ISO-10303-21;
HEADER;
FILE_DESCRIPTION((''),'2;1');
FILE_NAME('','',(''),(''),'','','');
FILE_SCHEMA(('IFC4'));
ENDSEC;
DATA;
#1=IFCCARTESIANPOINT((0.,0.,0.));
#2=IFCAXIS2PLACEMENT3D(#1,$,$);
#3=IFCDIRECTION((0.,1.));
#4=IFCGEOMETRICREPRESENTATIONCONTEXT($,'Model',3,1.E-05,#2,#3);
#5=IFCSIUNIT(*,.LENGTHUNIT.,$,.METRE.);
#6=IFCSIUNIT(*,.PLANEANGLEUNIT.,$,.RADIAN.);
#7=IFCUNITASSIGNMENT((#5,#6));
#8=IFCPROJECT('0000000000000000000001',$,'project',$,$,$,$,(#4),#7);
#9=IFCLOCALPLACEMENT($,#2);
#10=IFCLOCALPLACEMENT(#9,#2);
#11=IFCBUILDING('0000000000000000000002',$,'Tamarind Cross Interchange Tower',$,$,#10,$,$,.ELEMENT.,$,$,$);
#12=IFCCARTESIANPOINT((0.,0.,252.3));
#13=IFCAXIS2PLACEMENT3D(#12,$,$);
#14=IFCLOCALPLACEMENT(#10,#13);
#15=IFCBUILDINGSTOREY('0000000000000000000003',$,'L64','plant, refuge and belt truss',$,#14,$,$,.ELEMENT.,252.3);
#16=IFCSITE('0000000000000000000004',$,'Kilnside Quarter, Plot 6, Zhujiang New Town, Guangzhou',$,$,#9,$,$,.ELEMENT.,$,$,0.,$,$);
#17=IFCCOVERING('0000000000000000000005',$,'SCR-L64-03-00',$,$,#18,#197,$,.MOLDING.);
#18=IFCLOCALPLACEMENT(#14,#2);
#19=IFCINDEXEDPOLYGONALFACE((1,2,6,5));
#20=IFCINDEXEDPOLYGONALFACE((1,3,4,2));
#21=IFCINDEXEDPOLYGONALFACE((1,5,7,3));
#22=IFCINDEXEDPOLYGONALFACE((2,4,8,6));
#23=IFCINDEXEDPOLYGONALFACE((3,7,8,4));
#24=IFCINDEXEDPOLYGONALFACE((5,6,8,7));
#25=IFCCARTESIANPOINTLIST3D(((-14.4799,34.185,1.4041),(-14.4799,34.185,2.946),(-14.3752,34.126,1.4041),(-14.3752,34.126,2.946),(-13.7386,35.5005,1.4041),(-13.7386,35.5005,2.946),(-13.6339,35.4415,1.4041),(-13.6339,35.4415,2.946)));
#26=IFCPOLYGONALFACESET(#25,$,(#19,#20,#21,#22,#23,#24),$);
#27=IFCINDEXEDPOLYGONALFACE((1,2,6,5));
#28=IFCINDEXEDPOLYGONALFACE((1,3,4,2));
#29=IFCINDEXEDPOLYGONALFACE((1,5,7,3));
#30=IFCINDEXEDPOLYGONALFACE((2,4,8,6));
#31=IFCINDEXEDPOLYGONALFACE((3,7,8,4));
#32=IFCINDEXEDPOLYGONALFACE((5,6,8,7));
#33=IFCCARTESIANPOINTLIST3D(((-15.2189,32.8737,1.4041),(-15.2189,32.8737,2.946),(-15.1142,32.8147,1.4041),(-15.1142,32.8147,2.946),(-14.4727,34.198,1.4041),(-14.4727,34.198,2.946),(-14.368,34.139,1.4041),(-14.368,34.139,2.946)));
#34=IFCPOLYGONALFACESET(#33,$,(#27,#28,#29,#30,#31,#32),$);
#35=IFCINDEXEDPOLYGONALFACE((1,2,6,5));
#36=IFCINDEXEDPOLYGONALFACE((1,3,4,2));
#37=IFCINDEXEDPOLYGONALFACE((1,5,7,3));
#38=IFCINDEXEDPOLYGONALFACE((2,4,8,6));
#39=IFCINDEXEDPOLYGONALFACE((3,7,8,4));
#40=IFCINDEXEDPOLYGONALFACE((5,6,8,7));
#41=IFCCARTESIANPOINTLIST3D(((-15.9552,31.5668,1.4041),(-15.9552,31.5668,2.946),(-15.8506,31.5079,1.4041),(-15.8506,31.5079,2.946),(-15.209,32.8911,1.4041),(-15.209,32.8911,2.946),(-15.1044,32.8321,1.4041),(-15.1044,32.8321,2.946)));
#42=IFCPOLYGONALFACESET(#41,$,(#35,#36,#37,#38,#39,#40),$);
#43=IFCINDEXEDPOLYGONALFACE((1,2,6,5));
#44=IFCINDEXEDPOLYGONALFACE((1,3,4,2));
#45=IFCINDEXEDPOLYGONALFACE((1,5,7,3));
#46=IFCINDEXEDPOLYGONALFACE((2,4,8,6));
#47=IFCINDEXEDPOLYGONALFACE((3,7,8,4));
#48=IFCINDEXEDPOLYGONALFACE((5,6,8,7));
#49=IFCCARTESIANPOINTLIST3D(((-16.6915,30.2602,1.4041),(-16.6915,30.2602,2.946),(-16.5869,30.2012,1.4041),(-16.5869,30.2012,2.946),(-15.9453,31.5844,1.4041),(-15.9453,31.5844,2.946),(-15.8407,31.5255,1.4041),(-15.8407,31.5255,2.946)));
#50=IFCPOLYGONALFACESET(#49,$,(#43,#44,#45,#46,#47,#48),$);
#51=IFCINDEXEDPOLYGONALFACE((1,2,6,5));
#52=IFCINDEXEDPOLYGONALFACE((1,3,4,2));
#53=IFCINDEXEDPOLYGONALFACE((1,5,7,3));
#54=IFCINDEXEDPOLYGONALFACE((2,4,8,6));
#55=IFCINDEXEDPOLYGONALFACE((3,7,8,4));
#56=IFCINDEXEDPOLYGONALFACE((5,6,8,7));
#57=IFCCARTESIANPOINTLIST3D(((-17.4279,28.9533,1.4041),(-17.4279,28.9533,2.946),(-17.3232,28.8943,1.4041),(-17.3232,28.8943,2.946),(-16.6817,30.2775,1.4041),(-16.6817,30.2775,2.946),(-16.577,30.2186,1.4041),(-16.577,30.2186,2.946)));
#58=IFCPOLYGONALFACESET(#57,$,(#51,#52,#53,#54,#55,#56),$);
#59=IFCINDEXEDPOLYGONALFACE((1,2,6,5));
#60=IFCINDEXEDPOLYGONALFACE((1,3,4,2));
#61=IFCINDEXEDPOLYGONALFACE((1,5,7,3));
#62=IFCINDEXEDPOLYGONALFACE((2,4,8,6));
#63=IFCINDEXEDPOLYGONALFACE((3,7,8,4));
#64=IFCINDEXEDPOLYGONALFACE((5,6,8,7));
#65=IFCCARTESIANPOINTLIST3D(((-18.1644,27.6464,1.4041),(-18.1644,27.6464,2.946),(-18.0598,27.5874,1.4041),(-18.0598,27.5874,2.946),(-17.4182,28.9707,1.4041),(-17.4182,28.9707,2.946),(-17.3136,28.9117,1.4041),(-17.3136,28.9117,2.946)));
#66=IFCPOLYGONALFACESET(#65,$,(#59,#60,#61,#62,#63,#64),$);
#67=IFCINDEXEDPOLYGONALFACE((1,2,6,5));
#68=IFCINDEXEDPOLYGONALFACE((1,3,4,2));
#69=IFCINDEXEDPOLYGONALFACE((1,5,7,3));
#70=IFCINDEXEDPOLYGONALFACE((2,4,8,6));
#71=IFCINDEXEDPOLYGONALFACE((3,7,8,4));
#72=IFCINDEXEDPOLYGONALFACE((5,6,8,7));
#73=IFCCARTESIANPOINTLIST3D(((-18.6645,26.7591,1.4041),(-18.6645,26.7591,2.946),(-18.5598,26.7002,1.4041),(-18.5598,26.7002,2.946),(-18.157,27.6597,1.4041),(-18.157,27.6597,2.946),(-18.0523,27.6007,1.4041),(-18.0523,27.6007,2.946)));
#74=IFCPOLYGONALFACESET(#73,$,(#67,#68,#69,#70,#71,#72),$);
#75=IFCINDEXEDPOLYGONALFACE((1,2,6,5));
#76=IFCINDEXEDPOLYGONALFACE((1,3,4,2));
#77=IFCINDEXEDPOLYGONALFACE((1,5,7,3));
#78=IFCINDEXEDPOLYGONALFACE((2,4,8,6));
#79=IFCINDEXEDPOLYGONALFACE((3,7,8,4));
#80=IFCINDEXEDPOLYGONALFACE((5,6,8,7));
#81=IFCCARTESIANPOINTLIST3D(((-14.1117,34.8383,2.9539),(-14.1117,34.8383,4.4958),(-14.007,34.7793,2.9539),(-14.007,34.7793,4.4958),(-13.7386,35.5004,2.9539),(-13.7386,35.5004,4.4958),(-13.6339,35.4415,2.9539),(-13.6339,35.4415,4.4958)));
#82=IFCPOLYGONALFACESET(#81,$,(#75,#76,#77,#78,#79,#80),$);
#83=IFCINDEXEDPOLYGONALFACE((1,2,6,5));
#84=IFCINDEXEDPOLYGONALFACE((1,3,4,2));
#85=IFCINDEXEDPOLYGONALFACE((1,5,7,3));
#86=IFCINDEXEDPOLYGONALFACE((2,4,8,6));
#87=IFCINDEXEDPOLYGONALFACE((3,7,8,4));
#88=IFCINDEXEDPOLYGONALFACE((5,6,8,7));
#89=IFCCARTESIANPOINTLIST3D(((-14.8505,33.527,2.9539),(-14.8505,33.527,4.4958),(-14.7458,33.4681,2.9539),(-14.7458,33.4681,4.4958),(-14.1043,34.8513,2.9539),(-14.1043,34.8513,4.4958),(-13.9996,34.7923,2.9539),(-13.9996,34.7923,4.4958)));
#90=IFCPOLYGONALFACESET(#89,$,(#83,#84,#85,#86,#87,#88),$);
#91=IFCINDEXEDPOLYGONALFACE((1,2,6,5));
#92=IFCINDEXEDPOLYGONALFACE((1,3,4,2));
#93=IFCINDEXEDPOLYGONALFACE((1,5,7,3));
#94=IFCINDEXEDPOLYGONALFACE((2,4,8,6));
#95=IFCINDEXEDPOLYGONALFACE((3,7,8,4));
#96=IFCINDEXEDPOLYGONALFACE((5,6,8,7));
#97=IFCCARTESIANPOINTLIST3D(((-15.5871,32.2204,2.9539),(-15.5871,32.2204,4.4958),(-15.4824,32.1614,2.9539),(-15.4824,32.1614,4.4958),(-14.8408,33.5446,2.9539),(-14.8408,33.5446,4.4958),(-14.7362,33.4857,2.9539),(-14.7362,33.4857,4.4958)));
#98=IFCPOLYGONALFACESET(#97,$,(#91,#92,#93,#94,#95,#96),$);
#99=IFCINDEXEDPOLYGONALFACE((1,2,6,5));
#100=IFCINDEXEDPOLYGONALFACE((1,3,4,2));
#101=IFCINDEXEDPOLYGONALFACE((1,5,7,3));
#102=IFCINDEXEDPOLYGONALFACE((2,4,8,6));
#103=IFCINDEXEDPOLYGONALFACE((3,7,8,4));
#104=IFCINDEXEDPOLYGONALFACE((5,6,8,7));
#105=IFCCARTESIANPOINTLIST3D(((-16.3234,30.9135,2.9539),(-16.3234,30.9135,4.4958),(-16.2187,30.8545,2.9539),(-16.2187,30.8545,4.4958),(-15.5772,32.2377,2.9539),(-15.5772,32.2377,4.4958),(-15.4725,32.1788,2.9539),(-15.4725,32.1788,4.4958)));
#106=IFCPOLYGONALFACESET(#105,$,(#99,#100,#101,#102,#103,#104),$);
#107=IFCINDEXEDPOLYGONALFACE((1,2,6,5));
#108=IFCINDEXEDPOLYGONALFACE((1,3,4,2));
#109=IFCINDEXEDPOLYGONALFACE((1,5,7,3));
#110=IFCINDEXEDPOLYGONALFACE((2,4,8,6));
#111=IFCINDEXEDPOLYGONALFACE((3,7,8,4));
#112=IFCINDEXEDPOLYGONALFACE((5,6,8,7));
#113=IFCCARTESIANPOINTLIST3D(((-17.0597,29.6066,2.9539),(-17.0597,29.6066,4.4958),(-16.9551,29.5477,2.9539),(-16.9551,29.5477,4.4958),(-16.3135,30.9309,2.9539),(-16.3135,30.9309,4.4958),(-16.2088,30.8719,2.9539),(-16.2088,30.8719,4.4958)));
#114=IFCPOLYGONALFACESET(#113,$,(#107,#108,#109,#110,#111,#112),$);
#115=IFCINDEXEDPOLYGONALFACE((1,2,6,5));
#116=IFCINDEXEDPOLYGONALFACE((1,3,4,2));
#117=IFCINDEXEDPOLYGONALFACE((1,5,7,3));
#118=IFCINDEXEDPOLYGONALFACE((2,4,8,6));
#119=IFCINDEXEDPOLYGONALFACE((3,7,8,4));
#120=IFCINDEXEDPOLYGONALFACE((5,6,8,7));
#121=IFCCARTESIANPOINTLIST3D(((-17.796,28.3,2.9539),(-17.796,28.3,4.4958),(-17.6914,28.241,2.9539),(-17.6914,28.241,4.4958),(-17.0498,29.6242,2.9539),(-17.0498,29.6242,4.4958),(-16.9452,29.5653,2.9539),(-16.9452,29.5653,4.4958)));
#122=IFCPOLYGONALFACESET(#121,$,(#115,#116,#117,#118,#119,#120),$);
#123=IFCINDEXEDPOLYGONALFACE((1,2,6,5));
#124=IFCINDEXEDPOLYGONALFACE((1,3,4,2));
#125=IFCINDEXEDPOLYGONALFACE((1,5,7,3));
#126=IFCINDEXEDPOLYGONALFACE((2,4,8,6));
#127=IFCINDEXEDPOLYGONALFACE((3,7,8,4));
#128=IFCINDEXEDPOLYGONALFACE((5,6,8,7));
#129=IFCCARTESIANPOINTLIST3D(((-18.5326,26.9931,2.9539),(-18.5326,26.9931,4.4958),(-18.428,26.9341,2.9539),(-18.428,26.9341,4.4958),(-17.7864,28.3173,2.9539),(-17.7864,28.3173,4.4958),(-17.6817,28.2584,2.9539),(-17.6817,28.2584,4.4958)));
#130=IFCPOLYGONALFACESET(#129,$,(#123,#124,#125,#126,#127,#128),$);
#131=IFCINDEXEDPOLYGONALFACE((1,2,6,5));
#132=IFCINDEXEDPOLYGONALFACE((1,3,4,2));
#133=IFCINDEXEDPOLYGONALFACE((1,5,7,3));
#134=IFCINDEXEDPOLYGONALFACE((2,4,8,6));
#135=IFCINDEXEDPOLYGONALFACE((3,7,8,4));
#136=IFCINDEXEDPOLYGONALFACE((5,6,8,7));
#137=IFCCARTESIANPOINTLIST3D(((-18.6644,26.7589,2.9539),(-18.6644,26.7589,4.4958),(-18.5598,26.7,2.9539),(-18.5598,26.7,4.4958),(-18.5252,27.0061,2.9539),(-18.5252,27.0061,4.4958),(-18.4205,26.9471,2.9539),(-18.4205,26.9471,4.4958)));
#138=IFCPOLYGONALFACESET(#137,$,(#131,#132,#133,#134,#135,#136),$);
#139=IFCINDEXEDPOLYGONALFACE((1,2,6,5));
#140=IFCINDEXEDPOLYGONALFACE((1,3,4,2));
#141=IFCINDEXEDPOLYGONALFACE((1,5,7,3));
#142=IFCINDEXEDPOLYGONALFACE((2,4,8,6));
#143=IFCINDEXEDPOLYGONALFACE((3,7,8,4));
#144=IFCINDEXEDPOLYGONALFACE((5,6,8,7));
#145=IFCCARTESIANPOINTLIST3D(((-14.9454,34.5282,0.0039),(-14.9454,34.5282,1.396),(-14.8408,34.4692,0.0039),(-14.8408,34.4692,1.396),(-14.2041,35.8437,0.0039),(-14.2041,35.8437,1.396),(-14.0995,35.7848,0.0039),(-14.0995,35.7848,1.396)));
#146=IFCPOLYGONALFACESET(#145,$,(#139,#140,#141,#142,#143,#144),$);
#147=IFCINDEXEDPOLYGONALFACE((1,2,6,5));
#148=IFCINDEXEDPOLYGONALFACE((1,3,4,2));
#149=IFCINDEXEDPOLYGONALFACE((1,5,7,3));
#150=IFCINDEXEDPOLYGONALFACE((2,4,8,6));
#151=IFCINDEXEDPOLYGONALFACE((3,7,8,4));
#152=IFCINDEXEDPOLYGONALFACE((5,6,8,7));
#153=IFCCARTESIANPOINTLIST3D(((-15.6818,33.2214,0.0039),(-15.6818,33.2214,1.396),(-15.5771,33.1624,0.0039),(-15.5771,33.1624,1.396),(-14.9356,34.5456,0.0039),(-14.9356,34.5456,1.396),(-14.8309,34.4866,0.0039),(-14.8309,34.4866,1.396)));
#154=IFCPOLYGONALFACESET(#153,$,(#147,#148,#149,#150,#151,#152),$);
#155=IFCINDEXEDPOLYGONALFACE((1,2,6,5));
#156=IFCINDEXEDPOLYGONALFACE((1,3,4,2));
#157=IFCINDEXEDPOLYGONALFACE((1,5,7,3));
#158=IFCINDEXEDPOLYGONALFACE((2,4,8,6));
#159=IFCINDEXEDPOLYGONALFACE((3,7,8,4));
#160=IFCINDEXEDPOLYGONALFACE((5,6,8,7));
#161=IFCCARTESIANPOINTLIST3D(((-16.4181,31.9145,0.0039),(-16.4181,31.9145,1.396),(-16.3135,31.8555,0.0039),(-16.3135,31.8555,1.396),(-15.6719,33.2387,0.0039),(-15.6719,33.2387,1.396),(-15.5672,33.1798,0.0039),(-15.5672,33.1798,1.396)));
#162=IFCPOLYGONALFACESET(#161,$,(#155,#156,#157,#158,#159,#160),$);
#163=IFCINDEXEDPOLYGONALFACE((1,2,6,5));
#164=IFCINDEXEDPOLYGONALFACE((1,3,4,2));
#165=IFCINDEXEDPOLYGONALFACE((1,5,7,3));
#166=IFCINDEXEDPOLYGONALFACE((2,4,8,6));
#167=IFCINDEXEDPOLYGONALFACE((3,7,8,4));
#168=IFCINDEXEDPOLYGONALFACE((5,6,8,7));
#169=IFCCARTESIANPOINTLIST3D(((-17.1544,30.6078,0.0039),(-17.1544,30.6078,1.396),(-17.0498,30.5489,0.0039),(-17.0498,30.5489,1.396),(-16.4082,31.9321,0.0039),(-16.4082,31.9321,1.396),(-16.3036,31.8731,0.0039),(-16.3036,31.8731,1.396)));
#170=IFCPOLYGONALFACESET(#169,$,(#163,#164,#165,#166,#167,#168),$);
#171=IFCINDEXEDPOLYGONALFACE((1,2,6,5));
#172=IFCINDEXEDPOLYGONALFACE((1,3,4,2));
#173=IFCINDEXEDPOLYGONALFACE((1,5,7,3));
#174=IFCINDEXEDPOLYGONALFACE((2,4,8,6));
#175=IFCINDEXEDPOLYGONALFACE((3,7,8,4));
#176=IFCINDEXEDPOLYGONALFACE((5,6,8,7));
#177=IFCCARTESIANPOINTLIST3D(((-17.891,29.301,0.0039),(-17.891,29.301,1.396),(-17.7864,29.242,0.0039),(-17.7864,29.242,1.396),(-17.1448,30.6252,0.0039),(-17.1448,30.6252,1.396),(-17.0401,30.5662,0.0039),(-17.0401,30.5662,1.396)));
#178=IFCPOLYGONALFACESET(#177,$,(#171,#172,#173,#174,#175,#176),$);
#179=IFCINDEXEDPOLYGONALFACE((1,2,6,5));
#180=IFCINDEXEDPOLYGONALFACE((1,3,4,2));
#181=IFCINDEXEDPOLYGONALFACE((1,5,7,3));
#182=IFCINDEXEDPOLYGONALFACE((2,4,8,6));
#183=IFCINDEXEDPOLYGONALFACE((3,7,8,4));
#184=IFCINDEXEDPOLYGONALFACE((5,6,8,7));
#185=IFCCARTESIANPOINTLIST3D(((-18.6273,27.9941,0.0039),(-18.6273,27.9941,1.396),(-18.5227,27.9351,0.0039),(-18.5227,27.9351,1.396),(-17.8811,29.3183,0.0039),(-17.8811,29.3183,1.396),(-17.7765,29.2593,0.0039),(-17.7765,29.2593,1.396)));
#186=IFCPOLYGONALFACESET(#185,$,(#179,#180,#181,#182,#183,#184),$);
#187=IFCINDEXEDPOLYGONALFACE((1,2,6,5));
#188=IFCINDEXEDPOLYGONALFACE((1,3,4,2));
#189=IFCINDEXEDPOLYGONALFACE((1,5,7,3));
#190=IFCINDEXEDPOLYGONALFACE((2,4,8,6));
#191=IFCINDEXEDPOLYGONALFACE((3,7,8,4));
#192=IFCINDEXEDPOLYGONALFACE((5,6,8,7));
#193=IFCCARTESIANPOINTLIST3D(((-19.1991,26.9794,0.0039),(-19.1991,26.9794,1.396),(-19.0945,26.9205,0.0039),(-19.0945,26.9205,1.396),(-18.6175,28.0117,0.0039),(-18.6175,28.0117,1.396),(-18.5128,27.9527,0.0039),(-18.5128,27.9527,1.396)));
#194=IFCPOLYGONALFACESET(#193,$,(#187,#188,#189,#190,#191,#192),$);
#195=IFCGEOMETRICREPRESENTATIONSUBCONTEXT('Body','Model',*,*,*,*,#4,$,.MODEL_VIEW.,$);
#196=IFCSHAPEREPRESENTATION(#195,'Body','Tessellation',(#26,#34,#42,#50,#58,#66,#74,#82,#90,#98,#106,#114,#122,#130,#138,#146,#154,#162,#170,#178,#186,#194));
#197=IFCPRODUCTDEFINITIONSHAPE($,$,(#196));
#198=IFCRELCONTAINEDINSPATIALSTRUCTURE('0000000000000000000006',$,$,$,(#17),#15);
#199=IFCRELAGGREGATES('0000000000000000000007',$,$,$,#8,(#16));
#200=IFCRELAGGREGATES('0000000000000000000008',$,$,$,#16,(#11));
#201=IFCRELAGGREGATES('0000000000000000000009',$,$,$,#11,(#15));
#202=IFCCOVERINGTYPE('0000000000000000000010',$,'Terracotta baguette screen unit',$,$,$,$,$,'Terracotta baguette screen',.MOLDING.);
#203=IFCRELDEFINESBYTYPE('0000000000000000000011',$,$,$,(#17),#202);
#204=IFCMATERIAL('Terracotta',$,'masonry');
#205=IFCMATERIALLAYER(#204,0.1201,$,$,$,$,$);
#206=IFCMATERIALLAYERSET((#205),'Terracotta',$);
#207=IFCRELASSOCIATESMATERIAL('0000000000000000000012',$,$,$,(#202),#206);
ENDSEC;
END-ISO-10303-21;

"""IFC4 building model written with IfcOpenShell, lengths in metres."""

from ifc_helpers import new_model, si_unit, direction, frame, origin, origin_2d, place, context, subcontext, project, spatial, rectangle, extrude, material, layer, layer_set, type_object, element, save


model = new_model("IFC4")

# Units and contexts
model_context = context("Model", 3, precision=1e-05, world=origin(), true_north=direction((0.0, 1.0)))
body_context = subcontext(model_context, "Body", "Model", "MODEL_VIEW")
ifc_project = project(units=[si_unit("LENGTHUNIT", "METRE"), si_unit("PLANEANGLEUNIT", "RADIAN")], contexts=[model_context])

# Site, building, storey
site_placement = place(None, origin())
site = spatial("IfcSite", under=ifc_project, at=site_placement, Name="Kilnside Quarter, Plot 6, Zhujiang New Town, Guangzhou", CompositionType="ELEMENT", RefElevation=0.0)
building_placement = place(site_placement, origin())
building = spatial("IfcBuilding", under=site, at=building_placement, Name="Tamarind Cross Interchange Tower", CompositionType="ELEMENT")
storey_placement = place(building_placement, frame((0.0, 0.0, 252.3)))
storey = spatial("IfcBuildingStorey", under=building, at=storey_placement, Name="L64", Description="plant, refuge and belt truss", CompositionType="ELEMENT", Elevation=252.3)

# Covering
ifc_material_1 = material(Name="Terracotta", Category="masonry")
ifc_layer_1 = layer(ifc_material_1, 0.1201)
ifc_layer_set_1 = layer_set([ifc_layer_1], Name="Terracotta")
covering_type = type_object("IfcCoveringType", Name="Terracotta baguette screen unit", ElementType="Terracotta baguette screen", PredefinedType="MOLDING", material=ifc_layer_set_1)
covering_1_placement = place(storey_placement, origin())
element("IfcCovering", 1, at=covering_1_placement, inside=storey, type_object=covering_type, Name="SCR-L64-03-00", PredefinedType="MOLDING", context=body_context, shape_type="SweptSolid", body=[
    extrude(rectangle(XDim=1.51, YDim=0.1201, at=origin_2d()), frame((-14.0569, 34.8132, 1.4041), z_axis=(0.0, 0.0, 1.0), x_axis=(-0.490928, -0.8712, 0.0)), (0.0, 0.0, 1.0), 1.542),
    extrude(rectangle(XDim=1.52, YDim=0.1201, at=origin_2d()), frame((-14.7935, 33.5063, 1.4041), z_axis=(0.0, 0.0, 1.0), x_axis=(-0.490928, -0.8712, 0.0)), (0.0, 0.0, 1.0), 1.542),
    extrude(rectangle(XDim=1.52, YDim=0.1201, at=origin_2d()), frame((-15.5298, 32.1995, 1.4041), z_axis=(0.0, 0.0, 1.0), x_axis=(-0.490928, -0.8712, 0.0)), (0.0, 0.0, 1.0), 1.542),
    extrude(rectangle(XDim=1.52, YDim=0.1201, at=origin_2d()), frame((-16.2661, 30.8928, 1.4041), z_axis=(0.0, 0.0, 1.0), x_axis=(-0.490928, -0.8712, 0.0)), (0.0, 0.0, 1.0), 1.542),
    extrude(rectangle(XDim=1.52, YDim=0.1201, at=origin_2d()), frame((-17.0024, 29.5859, 1.4041), z_axis=(0.0, 0.0, 1.0), x_axis=(-0.490928, -0.8712, 0.0)), (0.0, 0.0, 1.0), 1.542),
    extrude(rectangle(XDim=1.52, YDim=0.1201, at=origin_2d()), frame((-17.739, 28.2791, 1.4041), z_axis=(0.0, 0.0, 1.0), x_axis=(-0.490928, -0.8712, 0.0)), (0.0, 0.0, 1.0), 1.542),
    extrude(rectangle(XDim=1.0337, YDim=0.1201, at=origin_2d()), frame((-18.3584, 27.1799, 1.4041), z_axis=(0.0, 0.0, 1.0), x_axis=(-0.490928, -0.8712, 0.0)), (0.0, 0.0, 1.0), 1.542),
    extrude(rectangle(XDim=0.76, YDim=0.1201, at=origin_2d()), frame((-13.8728, 35.1399, 2.9539), z_axis=(0.0, 0.0, 1.0), x_axis=(-0.490928, -0.8712, 0.0)), (0.0, 0.0, 1.0), 1.542),
    extrude(rectangle(XDim=1.52, YDim=0.1201, at=origin_2d()), frame((-14.425, 34.1597, 2.9539), z_axis=(0.0, 0.0, 1.0), x_axis=(-0.490928, -0.8712, 0.0)), (0.0, 0.0, 1.0), 1.542),
    extrude(rectangle(XDim=1.52, YDim=0.1201, at=origin_2d()), frame((-15.1616, 32.853, 2.9539), z_axis=(0.0, 0.0, 1.0), x_axis=(-0.490928, -0.8712, 0.0)), (0.0, 0.0, 1.0), 1.542),
    extrude(rectangle(XDim=1.52, YDim=0.1201, at=origin_2d()), frame((-15.8979, 31.5461, 2.9539), z_axis=(0.0, 0.0, 1.0), x_axis=(-0.490928, -0.8712, 0.0)), (0.0, 0.0, 1.0), 1.542),
    extrude(rectangle(XDim=1.52, YDim=0.1201, at=origin_2d()), frame((-16.6343, 30.2393, 2.9539), z_axis=(0.0, 0.0, 1.0), x_axis=(-0.490928, -0.8712, 0.0)), (0.0, 0.0, 1.0), 1.542),
    extrude(rectangle(XDim=1.52, YDim=0.1201, at=origin_2d()), frame((-17.3706, 28.9326, 2.9539), z_axis=(0.0, 0.0, 1.0), x_axis=(-0.490928, -0.8712, 0.0)), (0.0, 0.0, 1.0), 1.542),
    extrude(rectangle(XDim=1.52, YDim=0.1201, at=origin_2d()), frame((-18.1072, 27.6257, 2.9539), z_axis=(0.0, 0.0, 1.0), x_axis=(-0.490928, -0.8712, 0.0)), (0.0, 0.0, 1.0), 1.542),
    extrude(rectangle(XDim=0.2837, YDim=0.1201, at=origin_2d()), frame((-18.5425, 26.853, 2.9539), z_axis=(0.0, 0.0, 1.0), x_axis=(-0.490928, -0.8712, 0.0)), (0.0, 0.0, 1.0), 1.542),
    extrude(rectangle(XDim=1.51, YDim=0.1201, at=origin_2d()), frame((-14.5225, 35.1565, 0.0039), z_axis=(0.0, 0.0, 1.0), x_axis=(-0.490928, -0.8712, 0.0)), (0.0, 0.0, 1.0), 1.3921),
    extrude(rectangle(XDim=1.52, YDim=0.1201, at=origin_2d()), frame((-15.2563, 33.854, 0.0039), z_axis=(0.0, 0.0, 1.0), x_axis=(-0.490928, -0.8712, 0.0)), (0.0, 0.0, 1.0), 1.3921),
    extrude(rectangle(XDim=1.52, YDim=0.1201, at=origin_2d()), frame((-15.9927, 32.5471, 0.0039), z_axis=(0.0, 0.0, 1.0), x_axis=(-0.490928, -0.8712, 0.0)), (0.0, 0.0, 1.0), 1.3921),
    extrude(rectangle(XDim=1.52, YDim=0.1201, at=origin_2d()), frame((-16.729, 31.2405, 0.0039), z_axis=(0.0, 0.0, 1.0), x_axis=(-0.490928, -0.8712, 0.0)), (0.0, 0.0, 1.0), 1.3921),
    extrude(rectangle(XDim=1.52, YDim=0.1201, at=origin_2d()), frame((-17.4656, 29.9336, 0.0039), z_axis=(0.0, 0.0, 1.0), x_axis=(-0.490928, -0.8712, 0.0)), (0.0, 0.0, 1.0), 1.3921),
    extrude(rectangle(XDim=1.52, YDim=0.1201, at=origin_2d()), frame((-18.2019, 28.6267, 0.0039), z_axis=(0.0, 0.0, 1.0), x_axis=(-0.490928, -0.8712, 0.0)), (0.0, 0.0, 1.0), 1.3921),
    extrude(rectangle(XDim=1.1848, YDim=0.1201, at=origin_2d()), frame((-18.856, 27.4661, 0.0039), z_axis=(0.0, 0.0, 1.0), x_axis=(-0.490928, -0.8712, 0.0)), (0.0, 0.0, 1.0), 1.3921),
])

save(model, "model.ifc")
